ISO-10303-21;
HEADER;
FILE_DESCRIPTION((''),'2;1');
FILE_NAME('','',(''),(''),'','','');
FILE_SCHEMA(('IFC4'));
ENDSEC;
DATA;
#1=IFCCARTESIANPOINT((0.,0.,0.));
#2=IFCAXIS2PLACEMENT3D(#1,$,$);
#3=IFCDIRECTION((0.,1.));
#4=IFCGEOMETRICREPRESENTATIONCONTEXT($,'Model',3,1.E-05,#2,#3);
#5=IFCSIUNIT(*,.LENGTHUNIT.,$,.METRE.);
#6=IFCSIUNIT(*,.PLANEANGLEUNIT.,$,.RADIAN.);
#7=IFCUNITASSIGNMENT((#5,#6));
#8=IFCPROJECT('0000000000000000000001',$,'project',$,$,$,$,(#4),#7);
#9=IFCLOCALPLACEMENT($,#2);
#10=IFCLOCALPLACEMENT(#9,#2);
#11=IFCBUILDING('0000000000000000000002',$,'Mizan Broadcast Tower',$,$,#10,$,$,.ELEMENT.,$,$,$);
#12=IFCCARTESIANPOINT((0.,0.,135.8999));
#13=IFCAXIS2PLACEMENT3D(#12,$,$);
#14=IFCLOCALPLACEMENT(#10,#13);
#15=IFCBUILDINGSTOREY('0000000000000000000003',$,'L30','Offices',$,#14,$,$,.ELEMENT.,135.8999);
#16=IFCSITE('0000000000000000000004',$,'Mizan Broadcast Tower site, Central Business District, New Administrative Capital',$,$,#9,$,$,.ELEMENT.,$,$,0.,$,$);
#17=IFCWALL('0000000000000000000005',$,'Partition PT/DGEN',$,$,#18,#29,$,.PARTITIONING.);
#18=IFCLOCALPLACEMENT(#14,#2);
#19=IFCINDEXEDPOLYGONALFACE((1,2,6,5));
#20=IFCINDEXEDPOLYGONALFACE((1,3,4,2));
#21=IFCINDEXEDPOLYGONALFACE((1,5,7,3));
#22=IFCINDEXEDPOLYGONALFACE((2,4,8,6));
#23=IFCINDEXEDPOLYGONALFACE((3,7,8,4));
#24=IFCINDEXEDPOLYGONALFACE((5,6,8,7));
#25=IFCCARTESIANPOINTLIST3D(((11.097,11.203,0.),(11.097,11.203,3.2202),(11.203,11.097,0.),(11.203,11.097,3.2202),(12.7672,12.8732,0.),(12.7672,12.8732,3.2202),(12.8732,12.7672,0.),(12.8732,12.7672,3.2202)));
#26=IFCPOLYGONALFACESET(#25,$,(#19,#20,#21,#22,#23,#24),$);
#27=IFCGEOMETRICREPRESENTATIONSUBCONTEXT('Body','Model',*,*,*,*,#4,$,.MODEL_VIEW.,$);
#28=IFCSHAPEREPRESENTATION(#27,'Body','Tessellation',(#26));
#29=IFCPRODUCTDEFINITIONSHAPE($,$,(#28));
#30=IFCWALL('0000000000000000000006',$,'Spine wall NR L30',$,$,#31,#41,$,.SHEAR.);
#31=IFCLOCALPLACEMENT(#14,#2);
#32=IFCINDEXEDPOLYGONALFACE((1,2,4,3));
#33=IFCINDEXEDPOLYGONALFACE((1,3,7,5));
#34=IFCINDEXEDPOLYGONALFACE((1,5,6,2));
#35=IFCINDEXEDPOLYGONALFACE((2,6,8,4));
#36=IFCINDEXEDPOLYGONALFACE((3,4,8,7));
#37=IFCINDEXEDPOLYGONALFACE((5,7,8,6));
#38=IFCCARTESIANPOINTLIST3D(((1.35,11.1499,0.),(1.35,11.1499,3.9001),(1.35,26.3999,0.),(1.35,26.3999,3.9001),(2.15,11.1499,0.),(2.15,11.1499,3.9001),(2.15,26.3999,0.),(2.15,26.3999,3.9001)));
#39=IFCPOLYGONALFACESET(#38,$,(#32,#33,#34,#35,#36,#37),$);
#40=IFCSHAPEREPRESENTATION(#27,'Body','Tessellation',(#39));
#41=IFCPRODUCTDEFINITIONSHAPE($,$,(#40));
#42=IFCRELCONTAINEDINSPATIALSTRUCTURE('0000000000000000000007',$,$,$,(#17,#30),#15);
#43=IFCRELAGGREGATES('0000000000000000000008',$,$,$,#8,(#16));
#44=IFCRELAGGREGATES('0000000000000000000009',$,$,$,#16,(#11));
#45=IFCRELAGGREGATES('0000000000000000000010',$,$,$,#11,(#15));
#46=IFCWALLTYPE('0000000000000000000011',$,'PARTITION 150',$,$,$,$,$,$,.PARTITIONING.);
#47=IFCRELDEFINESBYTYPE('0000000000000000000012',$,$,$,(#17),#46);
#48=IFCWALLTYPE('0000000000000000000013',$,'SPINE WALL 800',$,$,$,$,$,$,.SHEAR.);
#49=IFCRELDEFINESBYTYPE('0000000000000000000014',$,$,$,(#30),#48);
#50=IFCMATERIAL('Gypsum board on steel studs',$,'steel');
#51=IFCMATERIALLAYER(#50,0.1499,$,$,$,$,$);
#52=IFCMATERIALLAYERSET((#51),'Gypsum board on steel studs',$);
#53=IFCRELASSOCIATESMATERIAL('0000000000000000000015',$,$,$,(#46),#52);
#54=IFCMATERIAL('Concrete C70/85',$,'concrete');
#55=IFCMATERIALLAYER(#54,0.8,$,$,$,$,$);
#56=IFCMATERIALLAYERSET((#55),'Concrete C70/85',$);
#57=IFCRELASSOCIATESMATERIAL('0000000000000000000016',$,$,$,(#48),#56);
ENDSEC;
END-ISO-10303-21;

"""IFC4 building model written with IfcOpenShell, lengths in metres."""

from ifc_helpers import new_model, si_unit, direction, frame, frame_2d, origin, place, context, subcontext, project, spatial, rectangle, extrude, material, layer, layer_set, type_object, element, save


model = new_model("IFC4")

# Units and contexts
model_context = context("Model", 3, precision=1e-05, world=origin(), true_north=direction((0.0, 1.0)))
body_context = subcontext(model_context, "Body", "Model", "MODEL_VIEW")
ifc_project = project(units=[si_unit("LENGTHUNIT", "METRE"), si_unit("PLANEANGLEUNIT", "RADIAN")], contexts=[model_context])

# Site, building, storey
site_placement = place(None, origin())
site = spatial("IfcSite", under=ifc_project, at=site_placement, Name="Mizan Broadcast Tower site, Central Business District, New Administrative Capital", CompositionType="ELEMENT", RefElevation=0.0)
building_placement = place(site_placement, origin())
building = spatial("IfcBuilding", under=site, at=building_placement, Name="Mizan Broadcast Tower", CompositionType="ELEMENT")
storey_placement = place(building_placement, frame((0.0, 0.0, 135.8999)))
storey = spatial("IfcBuildingStorey", under=building, at=storey_placement, Name="L30", Description="Offices", CompositionType="ELEMENT", Elevation=135.8999)

# Walls
ifc_material_1 = material(Name="Gypsum board on steel studs", Category="steel")
ifc_layer_1 = layer(ifc_material_1, 0.1499)
ifc_layer_set_1 = layer_set([ifc_layer_1], Name="Gypsum board on steel studs")
wall_type_1 = type_object("IfcWallType", Name="PARTITION 150", PredefinedType="PARTITIONING", material=ifc_layer_set_1)
wall_1_placement = place(storey_placement, frame((11.1499, 11.1499, 0.0), z_axis=(0.0, 0.0, 1.0), x_axis=(0.707107, 0.707107, 0.0)))
element("IfcWall", 1, at=wall_1_placement, inside=storey, type_object=wall_type_1, Name="Partition PT/DGEN", PredefinedType="PARTITIONING", context=body_context, shape_type="SweptSolid", body=[
    extrude(rectangle(XDim=2.3621, YDim=0.1499, at=frame_2d((1.1812, 0.0))), origin(), (0.0, 0.0, 1.0), 3.2202),
])
ifc_material_2 = material(Name="Concrete C70/85", Category="concrete")
ifc_layer_2 = layer(ifc_material_2, 0.8)
ifc_layer_set_2 = layer_set([ifc_layer_2], Name="Concrete C70/85")
wall_type_2 = type_object("IfcWallType", Name="SPINE WALL 800", PredefinedType="SHEAR", material=ifc_layer_set_2)
wall_2_placement = place(storey_placement, frame((1.75, 11.1499, 0.0), z_axis=(0.0, 0.0, 1.0), x_axis=(0.0, 1.0, 0.0)))
element("IfcWall", 2, at=wall_2_placement, inside=storey, type_object=wall_type_2, Name="Spine wall NR L30", PredefinedType="SHEAR", context=body_context, shape_type="SweptSolid", body=[
    extrude(rectangle(XDim=15.25, YDim=0.8, at=frame_2d((7.625, 0.0))), origin(), (0.0, 0.0, 1.0), 3.9001),
])

save(model, "model.ifc")
